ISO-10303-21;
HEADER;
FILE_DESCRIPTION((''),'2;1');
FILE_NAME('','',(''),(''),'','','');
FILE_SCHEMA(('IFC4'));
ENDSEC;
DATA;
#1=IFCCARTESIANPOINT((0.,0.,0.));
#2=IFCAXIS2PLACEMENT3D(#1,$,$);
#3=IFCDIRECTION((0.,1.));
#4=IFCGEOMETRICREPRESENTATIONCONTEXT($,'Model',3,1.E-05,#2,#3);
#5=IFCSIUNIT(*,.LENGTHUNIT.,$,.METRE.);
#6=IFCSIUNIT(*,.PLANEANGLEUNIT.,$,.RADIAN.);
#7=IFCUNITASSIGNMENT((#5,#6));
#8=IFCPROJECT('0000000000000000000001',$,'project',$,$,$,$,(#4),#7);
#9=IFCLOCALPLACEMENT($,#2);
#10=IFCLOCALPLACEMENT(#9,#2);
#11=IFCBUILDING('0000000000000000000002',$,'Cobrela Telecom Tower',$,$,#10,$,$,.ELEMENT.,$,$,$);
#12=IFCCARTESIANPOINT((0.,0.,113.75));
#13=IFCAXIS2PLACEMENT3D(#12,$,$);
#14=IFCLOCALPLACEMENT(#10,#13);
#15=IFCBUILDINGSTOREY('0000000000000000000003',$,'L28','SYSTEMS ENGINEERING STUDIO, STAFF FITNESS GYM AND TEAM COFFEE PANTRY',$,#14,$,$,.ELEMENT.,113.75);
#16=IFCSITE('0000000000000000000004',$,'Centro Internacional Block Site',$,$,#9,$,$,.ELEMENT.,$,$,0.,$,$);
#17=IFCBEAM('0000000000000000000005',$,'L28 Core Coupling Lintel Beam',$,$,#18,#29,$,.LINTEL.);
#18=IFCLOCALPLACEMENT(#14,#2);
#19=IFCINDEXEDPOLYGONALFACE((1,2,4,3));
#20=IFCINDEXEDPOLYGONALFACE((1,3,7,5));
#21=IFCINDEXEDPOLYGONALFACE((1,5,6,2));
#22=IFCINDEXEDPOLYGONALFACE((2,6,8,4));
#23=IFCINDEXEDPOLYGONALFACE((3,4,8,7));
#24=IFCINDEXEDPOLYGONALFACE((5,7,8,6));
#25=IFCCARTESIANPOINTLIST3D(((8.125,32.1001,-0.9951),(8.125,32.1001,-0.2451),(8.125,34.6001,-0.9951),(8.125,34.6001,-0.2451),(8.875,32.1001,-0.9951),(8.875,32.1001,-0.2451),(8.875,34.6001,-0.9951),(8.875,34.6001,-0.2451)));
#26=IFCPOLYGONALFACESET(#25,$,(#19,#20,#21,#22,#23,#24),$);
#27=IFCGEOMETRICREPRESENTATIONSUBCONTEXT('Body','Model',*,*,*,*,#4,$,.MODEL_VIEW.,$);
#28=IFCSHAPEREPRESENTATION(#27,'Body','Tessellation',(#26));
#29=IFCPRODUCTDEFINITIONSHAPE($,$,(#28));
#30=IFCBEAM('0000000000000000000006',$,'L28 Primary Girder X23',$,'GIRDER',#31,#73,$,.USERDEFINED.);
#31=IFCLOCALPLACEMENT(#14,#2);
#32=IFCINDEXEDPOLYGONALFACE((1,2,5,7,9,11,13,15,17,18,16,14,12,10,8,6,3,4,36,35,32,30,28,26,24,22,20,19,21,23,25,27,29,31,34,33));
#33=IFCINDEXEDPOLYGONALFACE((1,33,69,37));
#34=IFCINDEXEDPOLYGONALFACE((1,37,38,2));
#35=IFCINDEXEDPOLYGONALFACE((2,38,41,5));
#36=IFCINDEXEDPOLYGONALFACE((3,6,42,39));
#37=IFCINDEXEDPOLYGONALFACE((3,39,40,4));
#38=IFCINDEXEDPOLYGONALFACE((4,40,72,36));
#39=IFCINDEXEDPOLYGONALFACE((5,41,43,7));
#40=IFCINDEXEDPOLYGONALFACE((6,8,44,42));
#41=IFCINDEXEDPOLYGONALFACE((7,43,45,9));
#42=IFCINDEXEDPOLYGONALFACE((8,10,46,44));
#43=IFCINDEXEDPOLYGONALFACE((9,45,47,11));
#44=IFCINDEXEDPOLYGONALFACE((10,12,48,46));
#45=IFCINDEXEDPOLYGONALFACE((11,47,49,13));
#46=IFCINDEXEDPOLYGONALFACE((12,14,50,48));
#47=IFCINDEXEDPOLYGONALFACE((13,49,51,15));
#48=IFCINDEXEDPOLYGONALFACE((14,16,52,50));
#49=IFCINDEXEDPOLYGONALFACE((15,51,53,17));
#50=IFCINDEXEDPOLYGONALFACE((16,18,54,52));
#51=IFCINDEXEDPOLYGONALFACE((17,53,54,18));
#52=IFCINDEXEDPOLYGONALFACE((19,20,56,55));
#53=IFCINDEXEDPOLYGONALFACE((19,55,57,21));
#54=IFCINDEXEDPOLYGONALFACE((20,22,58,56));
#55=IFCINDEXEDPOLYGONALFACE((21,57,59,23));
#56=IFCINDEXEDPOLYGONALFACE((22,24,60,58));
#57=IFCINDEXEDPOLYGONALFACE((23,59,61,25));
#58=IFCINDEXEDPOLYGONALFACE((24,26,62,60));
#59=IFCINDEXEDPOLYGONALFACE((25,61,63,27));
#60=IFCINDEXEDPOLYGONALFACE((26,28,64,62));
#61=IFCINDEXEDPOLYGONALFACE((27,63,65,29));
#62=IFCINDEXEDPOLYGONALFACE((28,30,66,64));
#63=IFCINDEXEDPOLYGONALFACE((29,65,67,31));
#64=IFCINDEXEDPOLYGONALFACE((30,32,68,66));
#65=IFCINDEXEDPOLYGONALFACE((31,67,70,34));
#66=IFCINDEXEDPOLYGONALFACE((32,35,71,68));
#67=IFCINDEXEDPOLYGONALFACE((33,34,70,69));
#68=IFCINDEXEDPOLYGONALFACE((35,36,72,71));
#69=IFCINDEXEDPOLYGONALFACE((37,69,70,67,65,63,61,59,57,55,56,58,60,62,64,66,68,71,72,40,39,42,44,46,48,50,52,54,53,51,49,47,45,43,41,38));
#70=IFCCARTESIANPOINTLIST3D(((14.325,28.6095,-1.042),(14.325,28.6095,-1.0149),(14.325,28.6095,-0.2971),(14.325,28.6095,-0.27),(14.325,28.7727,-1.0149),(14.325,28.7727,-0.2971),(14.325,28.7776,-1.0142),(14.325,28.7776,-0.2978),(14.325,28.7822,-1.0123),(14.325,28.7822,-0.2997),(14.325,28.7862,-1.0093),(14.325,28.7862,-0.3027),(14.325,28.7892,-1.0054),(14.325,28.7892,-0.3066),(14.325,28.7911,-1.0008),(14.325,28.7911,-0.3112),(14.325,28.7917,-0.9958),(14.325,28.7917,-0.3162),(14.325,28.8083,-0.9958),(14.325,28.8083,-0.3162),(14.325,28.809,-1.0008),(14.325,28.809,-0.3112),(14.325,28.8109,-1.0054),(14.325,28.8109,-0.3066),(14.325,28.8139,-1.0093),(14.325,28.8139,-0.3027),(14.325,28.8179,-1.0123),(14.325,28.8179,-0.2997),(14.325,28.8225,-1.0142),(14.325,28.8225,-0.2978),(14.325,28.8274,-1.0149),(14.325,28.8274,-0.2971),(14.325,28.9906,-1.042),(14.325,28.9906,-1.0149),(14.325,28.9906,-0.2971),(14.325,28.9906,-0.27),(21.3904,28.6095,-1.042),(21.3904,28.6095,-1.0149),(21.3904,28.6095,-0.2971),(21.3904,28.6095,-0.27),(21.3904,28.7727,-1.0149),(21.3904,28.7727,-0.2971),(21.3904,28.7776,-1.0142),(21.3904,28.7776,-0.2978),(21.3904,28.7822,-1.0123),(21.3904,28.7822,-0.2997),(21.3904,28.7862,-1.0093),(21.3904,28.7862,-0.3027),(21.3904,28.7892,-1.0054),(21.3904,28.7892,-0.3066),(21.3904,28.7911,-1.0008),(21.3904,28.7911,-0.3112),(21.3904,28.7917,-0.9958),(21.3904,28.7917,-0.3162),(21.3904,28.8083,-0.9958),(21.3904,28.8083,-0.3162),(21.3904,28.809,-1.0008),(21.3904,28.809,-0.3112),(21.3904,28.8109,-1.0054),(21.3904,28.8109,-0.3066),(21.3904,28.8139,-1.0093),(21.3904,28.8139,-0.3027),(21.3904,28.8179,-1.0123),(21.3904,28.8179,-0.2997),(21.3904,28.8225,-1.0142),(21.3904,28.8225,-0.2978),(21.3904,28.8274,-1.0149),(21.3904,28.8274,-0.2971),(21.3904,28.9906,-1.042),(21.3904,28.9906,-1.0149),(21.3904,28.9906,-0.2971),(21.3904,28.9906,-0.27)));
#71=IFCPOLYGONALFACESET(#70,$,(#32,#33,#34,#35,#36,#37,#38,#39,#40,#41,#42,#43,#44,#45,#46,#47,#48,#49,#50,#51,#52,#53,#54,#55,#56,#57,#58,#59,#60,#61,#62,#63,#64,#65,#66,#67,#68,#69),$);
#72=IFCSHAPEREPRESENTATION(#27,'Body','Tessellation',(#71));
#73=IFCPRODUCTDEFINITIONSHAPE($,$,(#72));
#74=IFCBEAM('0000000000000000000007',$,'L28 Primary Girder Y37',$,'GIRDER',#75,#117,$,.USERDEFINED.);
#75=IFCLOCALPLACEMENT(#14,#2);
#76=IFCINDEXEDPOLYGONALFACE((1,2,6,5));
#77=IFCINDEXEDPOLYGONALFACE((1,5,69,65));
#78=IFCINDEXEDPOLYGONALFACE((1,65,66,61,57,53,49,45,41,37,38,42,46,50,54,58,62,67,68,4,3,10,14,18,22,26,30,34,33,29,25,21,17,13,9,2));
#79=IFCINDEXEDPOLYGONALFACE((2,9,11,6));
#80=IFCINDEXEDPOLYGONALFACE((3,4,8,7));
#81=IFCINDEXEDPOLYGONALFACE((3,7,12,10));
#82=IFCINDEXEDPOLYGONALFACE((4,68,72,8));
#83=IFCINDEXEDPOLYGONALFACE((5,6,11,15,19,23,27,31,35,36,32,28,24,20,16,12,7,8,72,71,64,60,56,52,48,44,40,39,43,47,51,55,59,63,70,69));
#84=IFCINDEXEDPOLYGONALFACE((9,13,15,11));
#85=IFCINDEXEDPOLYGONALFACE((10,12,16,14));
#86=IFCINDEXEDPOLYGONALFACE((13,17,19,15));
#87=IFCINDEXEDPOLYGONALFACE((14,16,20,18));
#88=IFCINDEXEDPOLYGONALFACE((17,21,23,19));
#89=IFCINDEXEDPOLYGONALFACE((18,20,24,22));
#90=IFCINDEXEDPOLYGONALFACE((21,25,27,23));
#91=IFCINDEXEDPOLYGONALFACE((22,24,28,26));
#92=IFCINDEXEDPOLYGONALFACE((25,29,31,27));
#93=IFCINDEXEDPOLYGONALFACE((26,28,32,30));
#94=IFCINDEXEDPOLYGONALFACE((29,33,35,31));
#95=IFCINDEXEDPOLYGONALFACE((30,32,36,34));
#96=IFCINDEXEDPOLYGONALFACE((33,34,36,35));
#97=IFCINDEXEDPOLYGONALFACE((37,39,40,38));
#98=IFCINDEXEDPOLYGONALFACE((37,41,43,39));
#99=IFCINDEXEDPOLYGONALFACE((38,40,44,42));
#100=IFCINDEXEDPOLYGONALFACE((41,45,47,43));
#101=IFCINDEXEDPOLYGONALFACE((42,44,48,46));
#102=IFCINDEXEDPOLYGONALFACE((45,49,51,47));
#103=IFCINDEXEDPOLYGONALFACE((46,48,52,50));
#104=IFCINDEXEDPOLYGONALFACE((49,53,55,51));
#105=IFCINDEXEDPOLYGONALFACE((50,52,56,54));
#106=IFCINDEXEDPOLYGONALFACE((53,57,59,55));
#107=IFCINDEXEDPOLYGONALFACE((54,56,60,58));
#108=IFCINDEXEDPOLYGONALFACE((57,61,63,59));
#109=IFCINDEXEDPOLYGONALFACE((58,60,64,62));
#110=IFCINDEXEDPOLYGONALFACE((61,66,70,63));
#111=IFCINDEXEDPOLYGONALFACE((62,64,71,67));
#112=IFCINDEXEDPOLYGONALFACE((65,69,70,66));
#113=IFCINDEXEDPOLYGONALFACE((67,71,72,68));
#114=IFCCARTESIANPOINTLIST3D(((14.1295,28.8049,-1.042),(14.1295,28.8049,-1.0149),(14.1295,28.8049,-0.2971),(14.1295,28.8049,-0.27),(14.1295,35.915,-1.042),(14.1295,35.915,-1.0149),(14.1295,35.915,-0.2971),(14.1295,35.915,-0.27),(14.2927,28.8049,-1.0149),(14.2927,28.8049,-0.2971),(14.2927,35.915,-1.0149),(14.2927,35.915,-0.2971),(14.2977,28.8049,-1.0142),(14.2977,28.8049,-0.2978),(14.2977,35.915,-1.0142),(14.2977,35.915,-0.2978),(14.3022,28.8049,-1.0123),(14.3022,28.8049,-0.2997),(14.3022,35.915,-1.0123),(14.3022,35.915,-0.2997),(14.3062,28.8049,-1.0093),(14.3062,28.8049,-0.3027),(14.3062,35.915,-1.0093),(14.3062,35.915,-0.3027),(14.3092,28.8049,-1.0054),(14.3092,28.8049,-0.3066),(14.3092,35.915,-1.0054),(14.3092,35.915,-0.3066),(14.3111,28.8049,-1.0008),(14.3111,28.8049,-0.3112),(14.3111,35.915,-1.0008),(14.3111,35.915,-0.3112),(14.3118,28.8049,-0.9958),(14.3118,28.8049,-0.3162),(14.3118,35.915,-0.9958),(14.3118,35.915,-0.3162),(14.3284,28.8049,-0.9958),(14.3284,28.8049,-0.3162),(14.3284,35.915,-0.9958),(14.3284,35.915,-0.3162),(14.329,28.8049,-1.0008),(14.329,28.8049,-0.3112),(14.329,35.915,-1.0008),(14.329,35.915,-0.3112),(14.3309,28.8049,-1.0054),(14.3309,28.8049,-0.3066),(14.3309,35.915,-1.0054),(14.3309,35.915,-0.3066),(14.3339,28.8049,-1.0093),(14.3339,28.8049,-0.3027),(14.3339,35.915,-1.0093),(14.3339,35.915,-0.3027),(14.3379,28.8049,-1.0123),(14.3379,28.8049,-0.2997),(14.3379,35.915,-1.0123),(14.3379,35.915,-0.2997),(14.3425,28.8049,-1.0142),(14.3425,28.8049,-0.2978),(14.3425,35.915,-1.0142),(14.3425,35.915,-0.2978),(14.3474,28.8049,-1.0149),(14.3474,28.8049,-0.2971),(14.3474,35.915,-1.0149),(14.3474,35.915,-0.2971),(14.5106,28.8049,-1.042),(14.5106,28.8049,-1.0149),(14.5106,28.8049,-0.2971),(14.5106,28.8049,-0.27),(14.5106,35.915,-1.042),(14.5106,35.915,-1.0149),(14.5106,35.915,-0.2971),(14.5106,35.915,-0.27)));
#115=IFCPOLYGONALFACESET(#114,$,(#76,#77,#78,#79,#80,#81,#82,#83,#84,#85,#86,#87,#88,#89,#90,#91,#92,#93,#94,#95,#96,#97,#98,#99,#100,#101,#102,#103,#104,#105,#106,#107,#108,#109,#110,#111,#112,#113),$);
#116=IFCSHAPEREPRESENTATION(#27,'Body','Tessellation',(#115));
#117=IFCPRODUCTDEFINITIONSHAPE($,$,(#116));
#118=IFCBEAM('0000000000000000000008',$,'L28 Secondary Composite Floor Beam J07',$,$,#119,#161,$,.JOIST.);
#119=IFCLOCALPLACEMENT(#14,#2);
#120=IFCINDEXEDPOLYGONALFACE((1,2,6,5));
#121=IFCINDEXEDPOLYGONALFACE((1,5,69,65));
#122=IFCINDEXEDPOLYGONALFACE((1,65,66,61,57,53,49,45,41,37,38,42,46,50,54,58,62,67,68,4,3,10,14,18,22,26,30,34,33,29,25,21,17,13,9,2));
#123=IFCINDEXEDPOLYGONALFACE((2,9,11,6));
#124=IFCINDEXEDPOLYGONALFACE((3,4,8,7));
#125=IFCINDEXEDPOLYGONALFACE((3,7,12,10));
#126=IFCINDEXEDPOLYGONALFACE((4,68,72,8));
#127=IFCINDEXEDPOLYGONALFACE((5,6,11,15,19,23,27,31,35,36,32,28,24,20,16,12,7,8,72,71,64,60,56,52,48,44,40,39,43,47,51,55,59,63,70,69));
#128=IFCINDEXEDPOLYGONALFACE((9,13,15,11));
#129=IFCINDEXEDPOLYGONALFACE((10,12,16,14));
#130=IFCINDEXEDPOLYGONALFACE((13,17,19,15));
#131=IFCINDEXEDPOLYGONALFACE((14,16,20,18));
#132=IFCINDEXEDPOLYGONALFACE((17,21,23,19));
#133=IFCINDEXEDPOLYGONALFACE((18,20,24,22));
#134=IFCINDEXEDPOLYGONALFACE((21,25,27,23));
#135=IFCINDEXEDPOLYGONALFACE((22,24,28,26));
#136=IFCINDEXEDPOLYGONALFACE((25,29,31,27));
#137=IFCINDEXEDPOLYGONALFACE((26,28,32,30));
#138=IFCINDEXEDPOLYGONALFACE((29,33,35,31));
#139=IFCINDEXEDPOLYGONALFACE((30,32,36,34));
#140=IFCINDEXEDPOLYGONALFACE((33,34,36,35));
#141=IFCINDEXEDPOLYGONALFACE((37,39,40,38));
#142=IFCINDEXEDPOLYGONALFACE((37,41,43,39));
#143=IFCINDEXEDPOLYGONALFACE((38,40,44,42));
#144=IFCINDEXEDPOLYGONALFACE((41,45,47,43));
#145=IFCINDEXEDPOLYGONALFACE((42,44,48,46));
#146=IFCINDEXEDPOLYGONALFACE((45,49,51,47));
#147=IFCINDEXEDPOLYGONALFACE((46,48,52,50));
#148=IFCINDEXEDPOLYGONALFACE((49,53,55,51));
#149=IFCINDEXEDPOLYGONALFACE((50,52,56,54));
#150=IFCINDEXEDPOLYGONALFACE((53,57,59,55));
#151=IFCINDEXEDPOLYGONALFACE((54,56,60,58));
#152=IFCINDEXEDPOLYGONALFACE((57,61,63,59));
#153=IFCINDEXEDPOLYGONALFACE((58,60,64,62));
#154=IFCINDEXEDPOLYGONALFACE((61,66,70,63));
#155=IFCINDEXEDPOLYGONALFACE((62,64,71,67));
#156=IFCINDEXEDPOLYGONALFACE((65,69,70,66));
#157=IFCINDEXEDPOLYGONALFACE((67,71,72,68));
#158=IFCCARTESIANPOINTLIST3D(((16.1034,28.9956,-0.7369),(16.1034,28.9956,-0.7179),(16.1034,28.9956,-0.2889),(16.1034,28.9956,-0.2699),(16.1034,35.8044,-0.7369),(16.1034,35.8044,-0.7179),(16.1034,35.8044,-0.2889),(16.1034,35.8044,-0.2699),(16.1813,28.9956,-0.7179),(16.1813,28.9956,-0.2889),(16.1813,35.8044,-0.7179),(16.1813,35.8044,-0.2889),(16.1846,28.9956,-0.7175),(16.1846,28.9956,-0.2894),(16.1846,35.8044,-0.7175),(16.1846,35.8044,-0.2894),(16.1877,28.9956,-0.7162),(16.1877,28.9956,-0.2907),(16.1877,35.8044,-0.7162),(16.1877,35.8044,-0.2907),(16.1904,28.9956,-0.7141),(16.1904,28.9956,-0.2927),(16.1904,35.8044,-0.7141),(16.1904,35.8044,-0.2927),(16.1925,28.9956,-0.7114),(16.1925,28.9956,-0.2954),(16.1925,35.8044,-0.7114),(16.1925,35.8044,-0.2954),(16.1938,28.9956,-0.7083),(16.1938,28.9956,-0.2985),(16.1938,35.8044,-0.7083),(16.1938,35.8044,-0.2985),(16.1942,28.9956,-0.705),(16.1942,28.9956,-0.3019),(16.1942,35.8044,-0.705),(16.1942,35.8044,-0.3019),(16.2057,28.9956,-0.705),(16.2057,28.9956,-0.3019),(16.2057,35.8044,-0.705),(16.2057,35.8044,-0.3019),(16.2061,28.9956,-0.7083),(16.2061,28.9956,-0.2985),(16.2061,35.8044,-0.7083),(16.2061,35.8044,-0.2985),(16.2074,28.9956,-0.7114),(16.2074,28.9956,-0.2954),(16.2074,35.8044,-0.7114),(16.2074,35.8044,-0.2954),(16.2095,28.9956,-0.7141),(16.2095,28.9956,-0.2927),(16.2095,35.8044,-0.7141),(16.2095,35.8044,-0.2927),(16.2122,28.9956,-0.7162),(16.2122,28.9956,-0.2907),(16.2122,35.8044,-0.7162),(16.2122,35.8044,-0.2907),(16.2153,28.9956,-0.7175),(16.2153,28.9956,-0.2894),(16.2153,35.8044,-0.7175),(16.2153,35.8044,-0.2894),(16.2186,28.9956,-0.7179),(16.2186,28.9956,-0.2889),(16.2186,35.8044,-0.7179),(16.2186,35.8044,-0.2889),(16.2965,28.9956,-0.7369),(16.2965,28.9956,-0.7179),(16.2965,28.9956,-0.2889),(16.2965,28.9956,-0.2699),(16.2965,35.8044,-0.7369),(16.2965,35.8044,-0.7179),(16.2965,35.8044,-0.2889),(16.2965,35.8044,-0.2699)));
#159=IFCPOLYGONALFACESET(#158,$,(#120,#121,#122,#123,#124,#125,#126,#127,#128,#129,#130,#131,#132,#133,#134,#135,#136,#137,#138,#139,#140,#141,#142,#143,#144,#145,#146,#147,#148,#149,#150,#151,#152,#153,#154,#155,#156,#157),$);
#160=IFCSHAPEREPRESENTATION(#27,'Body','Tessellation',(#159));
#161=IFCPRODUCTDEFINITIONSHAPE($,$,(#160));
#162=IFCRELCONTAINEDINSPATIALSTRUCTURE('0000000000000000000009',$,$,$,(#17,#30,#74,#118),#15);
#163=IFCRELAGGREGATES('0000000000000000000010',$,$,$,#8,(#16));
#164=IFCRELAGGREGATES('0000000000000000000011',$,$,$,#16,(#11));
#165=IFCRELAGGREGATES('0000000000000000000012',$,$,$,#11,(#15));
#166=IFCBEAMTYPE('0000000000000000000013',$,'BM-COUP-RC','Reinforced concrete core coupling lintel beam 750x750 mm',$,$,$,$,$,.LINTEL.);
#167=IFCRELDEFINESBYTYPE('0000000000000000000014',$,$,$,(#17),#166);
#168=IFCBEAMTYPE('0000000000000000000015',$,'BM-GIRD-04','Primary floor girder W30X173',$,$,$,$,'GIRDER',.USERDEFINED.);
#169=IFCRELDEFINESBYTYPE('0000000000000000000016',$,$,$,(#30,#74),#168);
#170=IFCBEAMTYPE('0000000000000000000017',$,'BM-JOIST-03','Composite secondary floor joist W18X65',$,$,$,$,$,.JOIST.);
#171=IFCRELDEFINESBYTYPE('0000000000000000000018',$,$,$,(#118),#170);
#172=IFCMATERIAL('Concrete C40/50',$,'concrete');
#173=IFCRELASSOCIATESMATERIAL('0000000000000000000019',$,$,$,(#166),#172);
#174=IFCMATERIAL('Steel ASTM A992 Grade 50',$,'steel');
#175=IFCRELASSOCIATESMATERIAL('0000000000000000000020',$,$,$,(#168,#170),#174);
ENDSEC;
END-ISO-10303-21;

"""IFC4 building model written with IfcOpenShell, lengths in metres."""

from ifc_helpers import new_model, si_unit, direction, frame, origin, origin_2d, place, context, subcontext, project, spatial, rectangle, i_section, extrude, material, material_profile, profile_set, type_object, element, save


model = new_model("IFC4")

# Units and contexts
model_context = context("Model", 3, precision=1e-05, world=origin(), true_north=direction((0.0, 1.0)))
body_context = subcontext(model_context, "Body", "Model", "MODEL_VIEW")
ifc_project = project(units=[si_unit("LENGTHUNIT", "METRE"), si_unit("PLANEANGLEUNIT", "RADIAN")], contexts=[model_context])

# Site, building, storey
site_placement = place(None, origin())
site = spatial("IfcSite", under=ifc_project, at=site_placement, Name="Centro Internacional Block Site", CompositionType="ELEMENT", RefElevation=0.0)
building_placement = place(site_placement, origin())
building = spatial("IfcBuilding", under=site, at=building_placement, Name="Cobrela Telecom Tower", CompositionType="ELEMENT")
storey_placement = place(building_placement, frame((0.0, 0.0, 113.75)))
storey = spatial("IfcBuildingStorey", under=building, at=storey_placement, Name="L28", Description="SYSTEMS ENGINEERING STUDIO, STAFF FITNESS GYM AND TEAM COFFEE PANTRY", CompositionType="ELEMENT", Elevation=113.75)

# Beams
ifc_material_1 = material(Name="Concrete C40/50", Category="concrete")
ifc_material_profile_1 = material_profile(ifc_material_1, rectangle(XDim=0.75, YDim=0.75, at=origin_2d()), Name="RC 750x750")
ifc_profile_set_1 = profile_set([ifc_material_profile_1], Name="Concrete C40/50")
beam_type_1 = type_object("IfcBeamType", Name="BM-COUP-RC", Description="Reinforced concrete core coupling lintel beam 750x750 mm", PredefinedType="LINTEL", material=ifc_profile_set_1)
beam_1_placement = place(storey_placement, frame((8.5, 32.1001, -0.6201), z_axis=(0.0, 1.0, 0.0), x_axis=(-1.0, 0.0, 0.0)))
element("IfcBeam", 1, at=beam_1_placement, inside=storey, type_object=beam_type_1, Name="L28 Core Coupling Lintel Beam", PredefinedType="LINTEL", context=body_context, shape_type="SweptSolid", body=[
    extrude(rectangle(XDim=0.75, YDim=0.75, at=origin_2d()), origin(), (0.0, 0.0, 1.0), 2.5),
])
ifc_material_2 = material(Name="Steel ASTM A992 Grade 50", Category="steel")
ifc_material_profile_2 = material_profile(ifc_material_2, i_section(OverallWidth=0.3811, OverallDepth=0.772, WebThickness=0.0166, FlangeThickness=0.0271, FilletRadius=0.019, at=origin_2d()), Name="W30X173")
ifc_profile_set_2 = profile_set([ifc_material_profile_2], Name="Steel ASTM A992 Grade 50")
beam_type_2 = type_object("IfcBeamType", Name="BM-GIRD-04", Description="Primary floor girder W30X173", ElementType="GIRDER", PredefinedType="USERDEFINED", material=ifc_profile_set_2)
beam_2_placement = place(storey_placement, frame((14.325, 28.8, -0.656), z_axis=(1.0, 0.0, 0.0), x_axis=(0.0, 1.0, 0.0)))
element("IfcBeam", 2, at=beam_2_placement, inside=storey, type_object=beam_type_2, Name="L28 Primary Girder X23", ObjectType="GIRDER", PredefinedType="USERDEFINED", context=body_context, shape_type="SweptSolid", body=[
    extrude(i_section(OverallWidth=0.3811, OverallDepth=0.772, WebThickness=0.0166, FlangeThickness=0.0271, FilletRadius=0.019, at=origin_2d()), origin(), (0.0, 0.0, 1.0), 7.0654),
])
beam_3_placement = place(storey_placement, frame((14.3201, 28.8049, -0.656), z_axis=(0.0, 1.0, 0.0), x_axis=(-1.0, 0.0, 0.0)))
element("IfcBeam", 3, at=beam_3_placement, inside=storey, type_object=beam_type_2, Name="L28 Primary Girder Y37", ObjectType="GIRDER", PredefinedType="USERDEFINED", context=body_context, shape_type="SweptSolid", body=[
    extrude(i_section(OverallWidth=0.3811, OverallDepth=0.772, WebThickness=0.0166, FlangeThickness=0.0271, FilletRadius=0.019, at=origin_2d()), origin(), (0.0, 0.0, 1.0), 7.1101),
])
ifc_material_profile_3 = material_profile(ifc_material_2, i_section(OverallWidth=0.1931, OverallDepth=0.467, WebThickness=0.0115, FlangeThickness=0.019, FilletRadius=0.0129, at=origin_2d()), Name="W18X65")
ifc_profile_set_3 = profile_set([ifc_material_profile_3], Name="Steel ASTM A992 Grade 50")
beam_type_3 = type_object("IfcBeamType", Name="BM-JOIST-03", Description="Composite secondary floor joist W18X65", PredefinedType="JOIST", material=ifc_profile_set_3)
for number, where, z_axis, x_axis, name in (
    (4, (16.2, 28.9956, -0.5034), (0.0, 1.0, 0.0), (-1.0, 0.0, 0.0), "L28 Secondary Composite Floor Beam J07"),
):
    element("IfcBeam", number, at=place(storey_placement, frame(where, z_axis=z_axis, x_axis=x_axis)), inside=storey, type_object=beam_type_3, Name=name, PredefinedType="JOIST", context=body_context, shape_type="SweptSolid", body=[
        extrude(i_section(OverallWidth=0.1931, OverallDepth=0.467, WebThickness=0.0115, FlangeThickness=0.019, FilletRadius=0.0129, at=origin_2d()), origin(), (0.0, 0.0, 1.0), 6.8088),
    ])

save(model, "model.ifc")
